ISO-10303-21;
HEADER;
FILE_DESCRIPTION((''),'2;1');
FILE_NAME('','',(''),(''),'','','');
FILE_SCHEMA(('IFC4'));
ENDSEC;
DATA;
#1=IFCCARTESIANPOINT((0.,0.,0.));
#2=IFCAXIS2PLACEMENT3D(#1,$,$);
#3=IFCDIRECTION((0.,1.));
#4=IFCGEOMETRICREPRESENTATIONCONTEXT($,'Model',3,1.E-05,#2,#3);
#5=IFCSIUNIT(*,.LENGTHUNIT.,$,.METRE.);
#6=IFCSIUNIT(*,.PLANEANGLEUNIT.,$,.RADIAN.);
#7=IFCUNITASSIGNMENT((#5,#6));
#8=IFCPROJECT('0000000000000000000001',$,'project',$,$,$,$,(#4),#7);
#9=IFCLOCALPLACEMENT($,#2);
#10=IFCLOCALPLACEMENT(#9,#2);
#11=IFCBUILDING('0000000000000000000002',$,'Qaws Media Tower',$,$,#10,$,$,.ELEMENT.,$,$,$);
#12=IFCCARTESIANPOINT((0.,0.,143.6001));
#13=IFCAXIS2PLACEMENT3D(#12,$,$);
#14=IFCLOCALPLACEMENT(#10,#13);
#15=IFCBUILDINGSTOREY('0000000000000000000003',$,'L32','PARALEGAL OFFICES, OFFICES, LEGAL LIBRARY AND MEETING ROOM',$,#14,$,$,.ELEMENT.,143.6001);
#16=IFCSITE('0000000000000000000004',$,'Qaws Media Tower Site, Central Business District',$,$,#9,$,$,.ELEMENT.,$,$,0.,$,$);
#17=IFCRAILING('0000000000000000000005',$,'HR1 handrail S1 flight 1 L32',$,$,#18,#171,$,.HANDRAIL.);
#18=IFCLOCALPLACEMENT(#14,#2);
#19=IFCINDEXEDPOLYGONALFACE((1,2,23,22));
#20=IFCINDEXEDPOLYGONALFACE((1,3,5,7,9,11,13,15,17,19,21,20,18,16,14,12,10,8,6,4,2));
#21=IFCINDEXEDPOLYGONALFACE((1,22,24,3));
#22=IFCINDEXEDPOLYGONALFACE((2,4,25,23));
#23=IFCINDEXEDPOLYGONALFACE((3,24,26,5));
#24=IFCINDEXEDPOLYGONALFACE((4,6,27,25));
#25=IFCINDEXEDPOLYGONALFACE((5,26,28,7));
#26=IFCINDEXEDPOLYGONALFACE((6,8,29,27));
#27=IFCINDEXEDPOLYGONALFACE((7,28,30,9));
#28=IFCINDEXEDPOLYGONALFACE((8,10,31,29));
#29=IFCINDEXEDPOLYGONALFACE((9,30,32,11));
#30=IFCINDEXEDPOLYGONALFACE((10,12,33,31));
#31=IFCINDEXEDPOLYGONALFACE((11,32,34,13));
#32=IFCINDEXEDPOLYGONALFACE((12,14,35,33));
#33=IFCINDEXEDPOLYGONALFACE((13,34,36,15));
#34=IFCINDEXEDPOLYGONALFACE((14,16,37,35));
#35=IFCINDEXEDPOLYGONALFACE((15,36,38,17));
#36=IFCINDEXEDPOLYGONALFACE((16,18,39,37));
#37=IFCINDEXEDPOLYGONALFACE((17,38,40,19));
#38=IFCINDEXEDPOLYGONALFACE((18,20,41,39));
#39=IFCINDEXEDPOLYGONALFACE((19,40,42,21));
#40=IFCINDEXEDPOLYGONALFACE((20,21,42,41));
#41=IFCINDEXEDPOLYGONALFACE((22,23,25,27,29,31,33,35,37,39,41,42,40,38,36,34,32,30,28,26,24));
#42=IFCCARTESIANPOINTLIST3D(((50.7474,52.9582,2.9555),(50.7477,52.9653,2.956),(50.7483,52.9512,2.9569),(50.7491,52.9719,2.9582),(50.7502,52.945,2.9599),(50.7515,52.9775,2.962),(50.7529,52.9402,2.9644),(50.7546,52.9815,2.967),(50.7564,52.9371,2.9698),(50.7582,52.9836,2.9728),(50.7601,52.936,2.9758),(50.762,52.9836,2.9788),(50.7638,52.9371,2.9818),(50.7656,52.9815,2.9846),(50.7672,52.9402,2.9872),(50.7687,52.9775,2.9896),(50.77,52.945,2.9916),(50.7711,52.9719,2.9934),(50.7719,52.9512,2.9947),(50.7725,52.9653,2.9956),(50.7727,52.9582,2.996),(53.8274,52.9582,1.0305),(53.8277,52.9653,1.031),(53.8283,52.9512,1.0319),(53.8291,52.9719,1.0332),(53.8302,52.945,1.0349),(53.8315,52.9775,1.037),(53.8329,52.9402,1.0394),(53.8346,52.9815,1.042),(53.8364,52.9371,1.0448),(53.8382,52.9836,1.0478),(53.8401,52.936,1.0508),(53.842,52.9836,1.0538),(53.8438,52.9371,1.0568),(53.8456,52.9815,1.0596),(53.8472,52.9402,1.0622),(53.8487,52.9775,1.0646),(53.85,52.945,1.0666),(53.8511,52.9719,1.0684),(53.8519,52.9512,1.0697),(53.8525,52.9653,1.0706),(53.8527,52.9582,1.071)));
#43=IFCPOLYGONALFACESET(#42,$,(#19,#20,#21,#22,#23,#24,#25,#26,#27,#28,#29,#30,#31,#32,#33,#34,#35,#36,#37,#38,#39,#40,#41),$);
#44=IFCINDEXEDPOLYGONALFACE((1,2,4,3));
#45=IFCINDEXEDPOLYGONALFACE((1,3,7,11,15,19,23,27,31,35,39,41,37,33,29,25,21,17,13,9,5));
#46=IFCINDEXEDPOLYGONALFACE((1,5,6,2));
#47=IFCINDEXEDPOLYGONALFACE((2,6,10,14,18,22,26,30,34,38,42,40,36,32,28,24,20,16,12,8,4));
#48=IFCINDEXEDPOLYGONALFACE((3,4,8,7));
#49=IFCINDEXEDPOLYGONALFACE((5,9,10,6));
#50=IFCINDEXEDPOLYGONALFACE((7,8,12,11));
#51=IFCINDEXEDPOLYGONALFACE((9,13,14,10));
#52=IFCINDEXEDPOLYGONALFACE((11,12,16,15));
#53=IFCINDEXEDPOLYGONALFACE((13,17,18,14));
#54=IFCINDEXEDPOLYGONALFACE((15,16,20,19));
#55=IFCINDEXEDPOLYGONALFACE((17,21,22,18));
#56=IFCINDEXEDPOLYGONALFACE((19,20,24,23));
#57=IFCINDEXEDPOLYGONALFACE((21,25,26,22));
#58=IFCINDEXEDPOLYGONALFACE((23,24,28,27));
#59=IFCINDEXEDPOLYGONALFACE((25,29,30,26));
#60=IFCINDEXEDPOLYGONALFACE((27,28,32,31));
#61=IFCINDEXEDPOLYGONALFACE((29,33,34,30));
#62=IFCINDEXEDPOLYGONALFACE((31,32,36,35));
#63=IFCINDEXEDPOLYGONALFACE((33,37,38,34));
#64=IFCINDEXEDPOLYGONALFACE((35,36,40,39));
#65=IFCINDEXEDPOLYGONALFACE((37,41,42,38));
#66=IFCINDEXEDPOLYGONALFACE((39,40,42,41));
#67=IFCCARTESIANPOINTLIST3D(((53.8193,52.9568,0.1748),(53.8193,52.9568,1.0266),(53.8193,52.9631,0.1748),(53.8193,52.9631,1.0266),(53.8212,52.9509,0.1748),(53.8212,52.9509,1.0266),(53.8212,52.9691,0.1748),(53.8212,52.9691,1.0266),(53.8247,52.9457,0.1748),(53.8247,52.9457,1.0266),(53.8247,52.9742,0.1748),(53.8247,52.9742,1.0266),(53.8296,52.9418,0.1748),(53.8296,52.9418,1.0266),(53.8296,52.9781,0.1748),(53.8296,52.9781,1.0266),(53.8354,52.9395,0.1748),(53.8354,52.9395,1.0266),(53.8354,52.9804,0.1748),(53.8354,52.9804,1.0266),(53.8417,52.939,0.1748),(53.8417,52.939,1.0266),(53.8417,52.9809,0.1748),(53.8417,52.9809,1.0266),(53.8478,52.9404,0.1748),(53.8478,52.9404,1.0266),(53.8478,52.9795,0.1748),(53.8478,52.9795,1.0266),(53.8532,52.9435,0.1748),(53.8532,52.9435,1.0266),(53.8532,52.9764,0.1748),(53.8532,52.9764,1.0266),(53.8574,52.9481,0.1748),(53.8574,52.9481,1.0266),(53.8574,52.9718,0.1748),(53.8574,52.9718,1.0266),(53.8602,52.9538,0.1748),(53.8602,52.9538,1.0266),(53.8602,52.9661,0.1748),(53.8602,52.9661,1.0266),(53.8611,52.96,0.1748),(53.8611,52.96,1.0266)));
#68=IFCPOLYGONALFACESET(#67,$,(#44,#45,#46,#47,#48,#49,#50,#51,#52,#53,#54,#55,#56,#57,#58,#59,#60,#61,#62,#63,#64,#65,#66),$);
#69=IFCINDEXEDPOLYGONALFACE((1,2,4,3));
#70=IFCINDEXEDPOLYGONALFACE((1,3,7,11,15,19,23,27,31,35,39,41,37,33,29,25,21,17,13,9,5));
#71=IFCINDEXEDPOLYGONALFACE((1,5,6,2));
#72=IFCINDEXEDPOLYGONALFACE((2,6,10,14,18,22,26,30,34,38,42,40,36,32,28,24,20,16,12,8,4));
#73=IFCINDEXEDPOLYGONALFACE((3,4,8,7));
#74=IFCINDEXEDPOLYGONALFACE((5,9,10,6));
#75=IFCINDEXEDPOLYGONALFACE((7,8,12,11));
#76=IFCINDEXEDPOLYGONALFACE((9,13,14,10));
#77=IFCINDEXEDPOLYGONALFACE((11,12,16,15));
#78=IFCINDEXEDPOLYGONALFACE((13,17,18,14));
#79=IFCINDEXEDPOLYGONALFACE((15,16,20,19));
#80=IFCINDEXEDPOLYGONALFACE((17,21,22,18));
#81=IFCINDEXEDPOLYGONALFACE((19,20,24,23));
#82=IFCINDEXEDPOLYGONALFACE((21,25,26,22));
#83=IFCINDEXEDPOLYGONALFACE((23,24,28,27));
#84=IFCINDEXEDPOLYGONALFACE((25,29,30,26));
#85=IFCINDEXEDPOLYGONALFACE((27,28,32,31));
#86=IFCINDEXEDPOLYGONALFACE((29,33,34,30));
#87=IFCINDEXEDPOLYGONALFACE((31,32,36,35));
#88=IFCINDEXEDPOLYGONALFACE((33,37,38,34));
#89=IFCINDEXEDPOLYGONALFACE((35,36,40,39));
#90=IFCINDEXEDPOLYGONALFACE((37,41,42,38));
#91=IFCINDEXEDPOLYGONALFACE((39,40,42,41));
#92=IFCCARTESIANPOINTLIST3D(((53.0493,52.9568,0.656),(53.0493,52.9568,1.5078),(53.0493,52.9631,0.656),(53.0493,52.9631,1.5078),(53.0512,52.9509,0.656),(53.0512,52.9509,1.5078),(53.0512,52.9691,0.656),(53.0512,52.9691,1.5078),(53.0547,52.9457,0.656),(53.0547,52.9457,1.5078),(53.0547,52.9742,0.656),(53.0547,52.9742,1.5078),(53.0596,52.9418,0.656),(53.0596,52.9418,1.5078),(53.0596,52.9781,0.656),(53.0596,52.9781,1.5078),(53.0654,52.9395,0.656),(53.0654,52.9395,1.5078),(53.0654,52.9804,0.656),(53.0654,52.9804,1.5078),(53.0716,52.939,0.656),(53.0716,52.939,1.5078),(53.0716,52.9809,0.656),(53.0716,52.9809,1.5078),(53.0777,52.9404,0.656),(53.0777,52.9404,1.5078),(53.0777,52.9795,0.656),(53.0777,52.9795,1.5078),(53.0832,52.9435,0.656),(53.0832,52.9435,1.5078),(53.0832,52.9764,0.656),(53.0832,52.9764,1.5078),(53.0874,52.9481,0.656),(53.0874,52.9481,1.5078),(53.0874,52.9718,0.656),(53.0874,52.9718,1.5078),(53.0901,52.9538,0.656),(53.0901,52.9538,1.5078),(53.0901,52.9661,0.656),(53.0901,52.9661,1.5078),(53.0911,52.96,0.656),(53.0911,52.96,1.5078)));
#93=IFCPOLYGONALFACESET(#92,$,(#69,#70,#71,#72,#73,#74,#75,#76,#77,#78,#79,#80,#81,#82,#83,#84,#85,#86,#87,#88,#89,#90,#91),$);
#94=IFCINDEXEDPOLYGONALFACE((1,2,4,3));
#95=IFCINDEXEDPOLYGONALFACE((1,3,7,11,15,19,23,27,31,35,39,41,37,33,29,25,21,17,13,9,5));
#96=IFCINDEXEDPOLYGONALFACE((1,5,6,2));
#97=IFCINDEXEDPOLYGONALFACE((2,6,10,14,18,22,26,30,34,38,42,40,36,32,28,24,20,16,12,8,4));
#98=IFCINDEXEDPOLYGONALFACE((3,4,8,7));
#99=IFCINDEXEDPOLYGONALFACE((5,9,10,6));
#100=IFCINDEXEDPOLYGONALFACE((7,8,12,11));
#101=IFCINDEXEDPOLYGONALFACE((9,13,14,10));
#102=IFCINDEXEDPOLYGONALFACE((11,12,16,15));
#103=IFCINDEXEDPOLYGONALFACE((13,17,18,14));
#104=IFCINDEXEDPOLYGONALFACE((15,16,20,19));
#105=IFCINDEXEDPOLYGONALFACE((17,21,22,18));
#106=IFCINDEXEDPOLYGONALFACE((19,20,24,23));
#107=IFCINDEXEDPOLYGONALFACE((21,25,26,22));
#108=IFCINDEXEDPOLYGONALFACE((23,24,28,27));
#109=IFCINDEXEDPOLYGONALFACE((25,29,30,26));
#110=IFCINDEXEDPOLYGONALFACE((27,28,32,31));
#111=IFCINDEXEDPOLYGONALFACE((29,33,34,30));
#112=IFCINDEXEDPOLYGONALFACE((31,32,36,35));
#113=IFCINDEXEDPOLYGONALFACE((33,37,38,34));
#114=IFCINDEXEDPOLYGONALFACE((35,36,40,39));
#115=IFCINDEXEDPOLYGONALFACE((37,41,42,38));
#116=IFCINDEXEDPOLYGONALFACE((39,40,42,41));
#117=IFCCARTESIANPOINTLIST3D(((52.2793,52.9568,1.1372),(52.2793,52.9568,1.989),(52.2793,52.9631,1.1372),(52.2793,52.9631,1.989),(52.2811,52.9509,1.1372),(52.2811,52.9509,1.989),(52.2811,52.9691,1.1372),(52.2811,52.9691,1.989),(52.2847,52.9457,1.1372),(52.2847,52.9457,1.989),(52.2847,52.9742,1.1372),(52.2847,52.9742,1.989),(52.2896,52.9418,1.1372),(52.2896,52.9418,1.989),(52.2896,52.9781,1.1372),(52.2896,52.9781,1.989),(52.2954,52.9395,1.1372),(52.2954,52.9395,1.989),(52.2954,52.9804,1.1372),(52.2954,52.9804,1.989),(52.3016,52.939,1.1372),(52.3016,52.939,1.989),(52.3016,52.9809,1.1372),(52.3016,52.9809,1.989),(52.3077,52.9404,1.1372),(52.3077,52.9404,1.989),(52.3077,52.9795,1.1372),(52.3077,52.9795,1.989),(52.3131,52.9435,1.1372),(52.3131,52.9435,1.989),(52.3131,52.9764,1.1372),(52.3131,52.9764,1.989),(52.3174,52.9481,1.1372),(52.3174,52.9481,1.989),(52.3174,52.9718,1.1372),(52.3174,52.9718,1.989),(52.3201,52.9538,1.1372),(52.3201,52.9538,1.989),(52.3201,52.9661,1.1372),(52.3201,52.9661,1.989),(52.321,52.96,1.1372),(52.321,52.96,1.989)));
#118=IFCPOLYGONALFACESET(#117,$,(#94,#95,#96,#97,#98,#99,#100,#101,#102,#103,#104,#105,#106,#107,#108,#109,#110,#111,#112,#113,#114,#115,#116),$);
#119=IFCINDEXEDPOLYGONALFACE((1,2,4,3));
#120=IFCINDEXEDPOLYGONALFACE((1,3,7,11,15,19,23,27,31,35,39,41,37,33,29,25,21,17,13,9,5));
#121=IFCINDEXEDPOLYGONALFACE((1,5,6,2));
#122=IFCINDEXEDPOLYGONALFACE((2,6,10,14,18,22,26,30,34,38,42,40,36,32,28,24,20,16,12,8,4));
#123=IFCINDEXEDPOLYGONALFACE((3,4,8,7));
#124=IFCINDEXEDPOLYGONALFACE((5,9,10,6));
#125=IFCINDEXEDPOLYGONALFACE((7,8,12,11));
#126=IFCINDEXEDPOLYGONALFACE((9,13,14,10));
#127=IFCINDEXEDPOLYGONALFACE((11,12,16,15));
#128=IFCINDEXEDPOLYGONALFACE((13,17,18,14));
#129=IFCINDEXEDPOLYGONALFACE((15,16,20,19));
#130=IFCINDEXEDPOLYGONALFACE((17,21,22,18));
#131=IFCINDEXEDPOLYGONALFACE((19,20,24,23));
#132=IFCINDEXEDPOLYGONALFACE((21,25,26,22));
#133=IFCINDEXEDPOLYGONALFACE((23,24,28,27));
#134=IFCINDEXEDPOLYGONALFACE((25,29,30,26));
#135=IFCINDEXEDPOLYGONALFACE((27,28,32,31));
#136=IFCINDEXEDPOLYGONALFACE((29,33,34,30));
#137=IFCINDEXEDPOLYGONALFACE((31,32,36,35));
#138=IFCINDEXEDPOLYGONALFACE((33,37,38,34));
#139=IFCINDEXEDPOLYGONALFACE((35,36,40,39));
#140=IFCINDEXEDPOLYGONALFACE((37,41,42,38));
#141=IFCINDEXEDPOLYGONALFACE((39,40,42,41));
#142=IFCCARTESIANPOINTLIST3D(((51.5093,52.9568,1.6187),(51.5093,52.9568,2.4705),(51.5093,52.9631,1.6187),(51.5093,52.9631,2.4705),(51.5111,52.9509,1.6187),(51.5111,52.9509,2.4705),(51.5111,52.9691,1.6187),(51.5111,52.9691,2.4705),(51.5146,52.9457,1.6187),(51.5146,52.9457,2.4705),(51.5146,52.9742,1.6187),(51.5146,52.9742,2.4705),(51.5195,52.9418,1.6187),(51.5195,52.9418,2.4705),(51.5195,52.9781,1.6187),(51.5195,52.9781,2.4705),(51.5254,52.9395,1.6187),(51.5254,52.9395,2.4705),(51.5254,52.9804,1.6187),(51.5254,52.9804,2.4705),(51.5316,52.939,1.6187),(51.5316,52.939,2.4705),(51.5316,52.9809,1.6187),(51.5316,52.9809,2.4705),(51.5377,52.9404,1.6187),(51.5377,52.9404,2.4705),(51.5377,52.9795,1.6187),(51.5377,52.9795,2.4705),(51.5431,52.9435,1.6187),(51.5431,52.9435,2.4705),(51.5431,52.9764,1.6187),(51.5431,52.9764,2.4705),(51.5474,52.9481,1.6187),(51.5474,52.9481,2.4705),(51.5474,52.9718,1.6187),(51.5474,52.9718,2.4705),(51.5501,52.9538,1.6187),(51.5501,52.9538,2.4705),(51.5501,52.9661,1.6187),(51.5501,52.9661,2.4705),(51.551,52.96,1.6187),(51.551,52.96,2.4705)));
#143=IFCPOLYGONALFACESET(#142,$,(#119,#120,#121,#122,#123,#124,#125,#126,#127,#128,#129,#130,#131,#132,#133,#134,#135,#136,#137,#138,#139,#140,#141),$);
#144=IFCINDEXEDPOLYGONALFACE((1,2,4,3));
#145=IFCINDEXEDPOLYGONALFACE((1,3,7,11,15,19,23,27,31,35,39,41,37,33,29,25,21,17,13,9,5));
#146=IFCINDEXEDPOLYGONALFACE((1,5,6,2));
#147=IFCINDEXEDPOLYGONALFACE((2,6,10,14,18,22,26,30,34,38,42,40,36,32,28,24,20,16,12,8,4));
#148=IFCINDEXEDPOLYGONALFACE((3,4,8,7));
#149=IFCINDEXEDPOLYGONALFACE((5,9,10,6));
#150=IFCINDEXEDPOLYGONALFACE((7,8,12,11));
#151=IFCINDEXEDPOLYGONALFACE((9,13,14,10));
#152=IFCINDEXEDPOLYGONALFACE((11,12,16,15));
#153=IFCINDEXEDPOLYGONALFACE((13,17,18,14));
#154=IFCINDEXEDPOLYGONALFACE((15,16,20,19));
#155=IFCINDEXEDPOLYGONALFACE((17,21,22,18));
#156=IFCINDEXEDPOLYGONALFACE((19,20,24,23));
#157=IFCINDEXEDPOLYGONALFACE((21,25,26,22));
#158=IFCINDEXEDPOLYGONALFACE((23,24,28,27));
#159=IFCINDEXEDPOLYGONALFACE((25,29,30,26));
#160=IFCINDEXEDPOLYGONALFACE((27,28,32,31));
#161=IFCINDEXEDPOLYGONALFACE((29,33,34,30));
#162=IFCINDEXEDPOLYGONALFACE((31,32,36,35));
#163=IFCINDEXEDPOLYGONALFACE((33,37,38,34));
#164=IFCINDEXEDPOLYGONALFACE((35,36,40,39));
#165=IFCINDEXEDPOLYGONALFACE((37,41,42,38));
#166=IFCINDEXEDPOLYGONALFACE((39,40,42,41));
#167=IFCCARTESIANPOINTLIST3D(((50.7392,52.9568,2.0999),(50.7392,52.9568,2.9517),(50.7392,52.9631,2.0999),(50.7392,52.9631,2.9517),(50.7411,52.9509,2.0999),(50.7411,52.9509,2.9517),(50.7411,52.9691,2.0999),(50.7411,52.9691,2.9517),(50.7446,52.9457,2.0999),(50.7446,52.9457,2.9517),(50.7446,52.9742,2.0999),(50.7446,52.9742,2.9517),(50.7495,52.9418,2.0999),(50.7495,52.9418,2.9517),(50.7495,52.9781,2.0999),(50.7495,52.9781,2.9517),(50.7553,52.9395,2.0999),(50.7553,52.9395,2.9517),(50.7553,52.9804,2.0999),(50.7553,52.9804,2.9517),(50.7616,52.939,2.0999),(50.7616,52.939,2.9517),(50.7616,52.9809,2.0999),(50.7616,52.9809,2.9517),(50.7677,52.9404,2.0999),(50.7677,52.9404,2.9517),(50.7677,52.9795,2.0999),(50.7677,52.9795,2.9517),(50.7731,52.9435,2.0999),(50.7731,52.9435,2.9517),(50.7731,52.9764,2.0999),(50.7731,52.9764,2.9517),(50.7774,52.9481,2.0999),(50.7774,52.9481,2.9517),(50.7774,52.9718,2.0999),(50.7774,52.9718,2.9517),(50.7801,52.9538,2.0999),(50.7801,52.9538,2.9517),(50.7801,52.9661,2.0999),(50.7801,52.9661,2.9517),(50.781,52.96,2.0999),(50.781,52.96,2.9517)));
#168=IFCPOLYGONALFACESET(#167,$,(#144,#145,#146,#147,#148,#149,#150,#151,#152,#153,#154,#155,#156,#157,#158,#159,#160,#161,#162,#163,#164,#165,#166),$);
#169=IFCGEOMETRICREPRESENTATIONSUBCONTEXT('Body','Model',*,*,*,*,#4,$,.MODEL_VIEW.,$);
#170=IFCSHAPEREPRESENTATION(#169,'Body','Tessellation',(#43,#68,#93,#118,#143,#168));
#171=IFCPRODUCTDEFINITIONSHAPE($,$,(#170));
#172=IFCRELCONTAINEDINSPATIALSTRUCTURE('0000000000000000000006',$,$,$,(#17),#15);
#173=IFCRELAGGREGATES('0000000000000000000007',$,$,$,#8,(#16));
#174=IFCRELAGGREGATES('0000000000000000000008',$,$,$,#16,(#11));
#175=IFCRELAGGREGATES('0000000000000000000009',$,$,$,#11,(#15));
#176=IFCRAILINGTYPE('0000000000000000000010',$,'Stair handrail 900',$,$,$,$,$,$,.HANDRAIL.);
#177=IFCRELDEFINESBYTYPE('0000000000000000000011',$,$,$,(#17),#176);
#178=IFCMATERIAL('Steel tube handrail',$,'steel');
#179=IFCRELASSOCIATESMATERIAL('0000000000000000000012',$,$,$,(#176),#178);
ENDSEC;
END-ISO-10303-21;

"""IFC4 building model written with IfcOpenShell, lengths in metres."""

from ifc_helpers import new_model, si_unit, direction, frame, origin, origin_2d, place, context, subcontext, project, spatial, circle, extrude, material, type_object, element, save


model = new_model("IFC4")

# Units and contexts
model_context = context("Model", 3, precision=1e-05, world=origin(), true_north=direction((0.0, 1.0)))
body_context = subcontext(model_context, "Body", "Model", "MODEL_VIEW")
ifc_project = project(units=[si_unit("LENGTHUNIT", "METRE"), si_unit("PLANEANGLEUNIT", "RADIAN")], contexts=[model_context])

# Site, building, storey
site_placement = place(None, origin())
site = spatial("IfcSite", under=ifc_project, at=site_placement, Name="Qaws Media Tower Site, Central Business District", CompositionType="ELEMENT", RefElevation=0.0)
building_placement = place(site_placement, origin())
building = spatial("IfcBuilding", under=site, at=building_placement, Name="Qaws Media Tower", CompositionType="ELEMENT")
storey_placement = place(building_placement, frame((0.0, 0.0, 143.6001)))
storey = spatial("IfcBuildingStorey", under=building, at=storey_placement, Name="L32", Description="PARALEGAL OFFICES, OFFICES, LEGAL LIBRARY AND MEETING ROOM", CompositionType="ELEMENT", Elevation=143.6001)

# Railing
ifc_material_1 = material(Name="Steel tube handrail", Category="steel")
railing_type = type_object("IfcRailingType", Name="Stair handrail 900", PredefinedType="HANDRAIL", material=ifc_material_1)
for number, where, name in (
    (1, (53.8401, 52.96, 0.1748), "HR1 handrail S1 flight 1 L32"),
):
    element("IfcRailing", number, at=place(storey_placement, frame(where)), inside=storey, type_object=railing_type, Name=name, PredefinedType="HANDRAIL", context=body_context, shape_type="SweptSolid", body=[
        extrude(circle(Radius=0.0239, at=origin_2d()), frame((0.0, 0.0, 0.876), z_axis=(-0.847998, 0.0, 0.529999), x_axis=(0.0, -1.0, 0.0)), (0.0, 0.0, 1.0), 3.6321),
        extrude(circle(Radius=0.021, at=origin_2d()), origin(), (0.0, 0.0, 1.0), 0.8518),
        extrude(circle(Radius=0.021, at=origin_2d()), frame((-0.77, 0.0, 0.4812)), (0.0, 0.0, 1.0), 0.8518),
        extrude(circle(Radius=0.021, at=origin_2d()), frame((-1.54, 0.0, 0.9624)), (0.0, 0.0, 1.0), 0.8518),
        extrude(circle(Radius=0.021, at=origin_2d()), frame((-2.3101, 0.0, 1.4438)), (0.0, 0.0, 1.0), 0.8518),
        extrude(circle(Radius=0.021, at=origin_2d()), frame((-3.0801, 0.0, 1.925)), (0.0, 0.0, 1.0), 0.8518),
    ])

save(model, "model.ifc")
